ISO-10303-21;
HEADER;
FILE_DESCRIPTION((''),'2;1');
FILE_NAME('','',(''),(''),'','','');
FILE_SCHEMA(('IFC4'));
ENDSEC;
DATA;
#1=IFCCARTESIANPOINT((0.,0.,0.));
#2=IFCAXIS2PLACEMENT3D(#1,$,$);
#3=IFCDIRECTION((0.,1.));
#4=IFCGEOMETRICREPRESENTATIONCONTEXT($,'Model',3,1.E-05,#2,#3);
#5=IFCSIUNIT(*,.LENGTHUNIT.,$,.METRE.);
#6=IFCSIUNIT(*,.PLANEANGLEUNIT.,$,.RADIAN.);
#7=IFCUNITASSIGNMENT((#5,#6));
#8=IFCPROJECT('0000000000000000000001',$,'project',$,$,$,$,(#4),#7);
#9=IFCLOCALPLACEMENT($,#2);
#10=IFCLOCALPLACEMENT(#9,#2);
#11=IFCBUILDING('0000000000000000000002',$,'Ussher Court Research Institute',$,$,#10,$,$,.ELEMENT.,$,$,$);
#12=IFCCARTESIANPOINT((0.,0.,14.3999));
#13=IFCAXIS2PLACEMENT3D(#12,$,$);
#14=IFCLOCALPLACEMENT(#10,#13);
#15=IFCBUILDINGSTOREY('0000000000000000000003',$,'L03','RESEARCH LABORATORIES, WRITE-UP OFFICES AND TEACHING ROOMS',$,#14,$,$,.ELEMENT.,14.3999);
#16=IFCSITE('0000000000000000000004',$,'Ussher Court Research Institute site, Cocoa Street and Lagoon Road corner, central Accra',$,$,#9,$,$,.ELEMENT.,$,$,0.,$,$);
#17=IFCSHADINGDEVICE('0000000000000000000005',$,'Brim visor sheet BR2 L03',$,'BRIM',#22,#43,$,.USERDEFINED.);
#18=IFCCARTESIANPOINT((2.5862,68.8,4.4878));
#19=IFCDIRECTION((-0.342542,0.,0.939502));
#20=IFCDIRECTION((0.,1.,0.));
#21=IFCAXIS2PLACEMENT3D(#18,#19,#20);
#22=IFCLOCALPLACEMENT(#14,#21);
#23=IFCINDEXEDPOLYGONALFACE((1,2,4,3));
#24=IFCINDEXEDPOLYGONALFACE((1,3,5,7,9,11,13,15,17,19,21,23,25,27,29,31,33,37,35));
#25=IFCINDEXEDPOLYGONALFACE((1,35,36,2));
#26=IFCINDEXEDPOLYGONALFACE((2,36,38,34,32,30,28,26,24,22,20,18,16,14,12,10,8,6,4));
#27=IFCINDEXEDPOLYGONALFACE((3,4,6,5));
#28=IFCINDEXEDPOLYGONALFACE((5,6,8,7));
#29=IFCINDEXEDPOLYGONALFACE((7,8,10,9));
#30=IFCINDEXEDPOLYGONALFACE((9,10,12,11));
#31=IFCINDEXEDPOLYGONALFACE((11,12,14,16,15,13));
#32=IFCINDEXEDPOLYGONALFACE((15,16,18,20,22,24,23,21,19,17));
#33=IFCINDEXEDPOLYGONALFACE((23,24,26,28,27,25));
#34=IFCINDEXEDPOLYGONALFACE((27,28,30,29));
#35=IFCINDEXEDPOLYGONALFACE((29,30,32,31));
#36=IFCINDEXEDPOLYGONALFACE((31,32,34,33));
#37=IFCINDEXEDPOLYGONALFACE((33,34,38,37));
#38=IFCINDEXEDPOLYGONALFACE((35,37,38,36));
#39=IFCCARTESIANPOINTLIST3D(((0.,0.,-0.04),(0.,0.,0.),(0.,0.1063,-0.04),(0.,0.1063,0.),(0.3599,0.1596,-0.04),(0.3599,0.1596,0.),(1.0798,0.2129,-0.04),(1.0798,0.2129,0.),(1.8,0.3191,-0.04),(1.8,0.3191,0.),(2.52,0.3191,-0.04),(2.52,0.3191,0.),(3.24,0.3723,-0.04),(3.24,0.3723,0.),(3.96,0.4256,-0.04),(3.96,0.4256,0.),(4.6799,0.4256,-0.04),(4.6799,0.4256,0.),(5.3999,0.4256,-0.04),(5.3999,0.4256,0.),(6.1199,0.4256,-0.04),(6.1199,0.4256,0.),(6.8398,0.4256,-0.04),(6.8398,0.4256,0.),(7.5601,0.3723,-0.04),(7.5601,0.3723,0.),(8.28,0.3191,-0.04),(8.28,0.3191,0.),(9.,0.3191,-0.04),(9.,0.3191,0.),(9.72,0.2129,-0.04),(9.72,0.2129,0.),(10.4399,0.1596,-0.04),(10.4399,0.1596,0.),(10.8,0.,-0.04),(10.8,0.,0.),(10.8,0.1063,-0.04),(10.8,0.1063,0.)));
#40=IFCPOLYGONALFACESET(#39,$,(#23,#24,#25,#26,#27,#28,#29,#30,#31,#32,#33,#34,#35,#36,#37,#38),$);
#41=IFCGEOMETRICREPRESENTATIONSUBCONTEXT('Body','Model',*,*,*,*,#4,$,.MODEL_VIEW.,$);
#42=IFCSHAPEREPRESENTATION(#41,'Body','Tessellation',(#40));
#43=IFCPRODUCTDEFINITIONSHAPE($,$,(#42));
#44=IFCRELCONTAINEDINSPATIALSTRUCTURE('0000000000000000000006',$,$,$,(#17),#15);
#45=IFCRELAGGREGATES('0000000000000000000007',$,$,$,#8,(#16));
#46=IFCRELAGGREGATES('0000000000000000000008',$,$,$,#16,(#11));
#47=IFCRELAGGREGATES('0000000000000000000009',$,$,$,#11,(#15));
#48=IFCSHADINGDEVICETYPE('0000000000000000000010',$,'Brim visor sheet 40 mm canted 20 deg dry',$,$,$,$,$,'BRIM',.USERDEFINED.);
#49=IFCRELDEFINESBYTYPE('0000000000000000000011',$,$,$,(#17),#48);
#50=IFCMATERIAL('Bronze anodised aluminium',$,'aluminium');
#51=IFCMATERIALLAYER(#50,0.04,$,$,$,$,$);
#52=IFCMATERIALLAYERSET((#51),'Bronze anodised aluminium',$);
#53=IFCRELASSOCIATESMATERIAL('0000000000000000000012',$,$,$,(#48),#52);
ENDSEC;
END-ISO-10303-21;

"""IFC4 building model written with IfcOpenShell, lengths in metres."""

from ifc_helpers import new_model, si_unit, direction, frame, origin, place, context, subcontext, project, spatial, polyline, outline, extrude, material, layer, layer_set, type_object, element, save


model = new_model("IFC4")

# Units and contexts
model_context = context("Model", 3, precision=1e-05, world=origin(), true_north=direction((0.0, 1.0)))
body_context = subcontext(model_context, "Body", "Model", "MODEL_VIEW")
ifc_project = project(units=[si_unit("LENGTHUNIT", "METRE"), si_unit("PLANEANGLEUNIT", "RADIAN")], contexts=[model_context])

# Site, building, storey
site_placement = place(None, origin())
site = spatial("IfcSite", under=ifc_project, at=site_placement, Name="Ussher Court Research Institute site, Cocoa Street and Lagoon Road corner, central Accra", CompositionType="ELEMENT", RefElevation=0.0)
building_placement = place(site_placement, origin())
building = spatial("IfcBuilding", under=site, at=building_placement, Name="Ussher Court Research Institute", CompositionType="ELEMENT")
storey_placement = place(building_placement, frame((0.0, 0.0, 14.3999)))
storey = spatial("IfcBuildingStorey", under=building, at=storey_placement, Name="L03", Description="RESEARCH LABORATORIES, WRITE-UP OFFICES AND TEACHING ROOMS", CompositionType="ELEMENT", Elevation=14.3999)

# Shading device
ifc_material_1 = material(Name="Bronze anodised aluminium", Category="aluminium")
ifc_layer_1 = layer(ifc_material_1, 0.04)
ifc_layer_set_1 = layer_set([ifc_layer_1], Name="Bronze anodised aluminium")
shading_device_type_1 = type_object("IfcShadingDeviceType", Name="Brim visor sheet 40 mm canted 20 deg dry", ElementType="BRIM", PredefinedType="USERDEFINED", material=ifc_layer_set_1)
shading_device_1_placement = place(storey_placement, frame((2.5862, 68.8, 4.4878), z_axis=(-0.342542, 0.0, 0.939502), x_axis=(0.0, 1.0, 0.0)))
element("IfcShadingDevice", 1, at=shading_device_1_placement, inside=storey, type_object=shading_device_type_1, Name="Brim visor sheet BR2 L03", ObjectType="BRIM", PredefinedType="USERDEFINED", context=body_context, shape_type="SweptSolid", body=[
    extrude(outline(polyline([(0.0, 0.0), (10.8, 0.0), (10.8, 0.1063), (10.4399, 0.1596), (9.72, 0.2129), (9.0, 0.3191), (8.28, 0.3191), (7.5601, 0.3723), (6.8398, 0.4256), (6.1199, 0.4256), (5.3999, 0.4256), (4.6799, 0.4256), (3.96, 0.4256), (3.24, 0.3723), (2.52, 0.3191), (1.8, 0.3191), (1.0798, 0.2129), (0.3599, 0.1596), (0.0, 0.1063), (0.0, 0.0)])), origin(), (0.0, 0.0, -1.0), 0.04),
])

save(model, "model.ifc")
